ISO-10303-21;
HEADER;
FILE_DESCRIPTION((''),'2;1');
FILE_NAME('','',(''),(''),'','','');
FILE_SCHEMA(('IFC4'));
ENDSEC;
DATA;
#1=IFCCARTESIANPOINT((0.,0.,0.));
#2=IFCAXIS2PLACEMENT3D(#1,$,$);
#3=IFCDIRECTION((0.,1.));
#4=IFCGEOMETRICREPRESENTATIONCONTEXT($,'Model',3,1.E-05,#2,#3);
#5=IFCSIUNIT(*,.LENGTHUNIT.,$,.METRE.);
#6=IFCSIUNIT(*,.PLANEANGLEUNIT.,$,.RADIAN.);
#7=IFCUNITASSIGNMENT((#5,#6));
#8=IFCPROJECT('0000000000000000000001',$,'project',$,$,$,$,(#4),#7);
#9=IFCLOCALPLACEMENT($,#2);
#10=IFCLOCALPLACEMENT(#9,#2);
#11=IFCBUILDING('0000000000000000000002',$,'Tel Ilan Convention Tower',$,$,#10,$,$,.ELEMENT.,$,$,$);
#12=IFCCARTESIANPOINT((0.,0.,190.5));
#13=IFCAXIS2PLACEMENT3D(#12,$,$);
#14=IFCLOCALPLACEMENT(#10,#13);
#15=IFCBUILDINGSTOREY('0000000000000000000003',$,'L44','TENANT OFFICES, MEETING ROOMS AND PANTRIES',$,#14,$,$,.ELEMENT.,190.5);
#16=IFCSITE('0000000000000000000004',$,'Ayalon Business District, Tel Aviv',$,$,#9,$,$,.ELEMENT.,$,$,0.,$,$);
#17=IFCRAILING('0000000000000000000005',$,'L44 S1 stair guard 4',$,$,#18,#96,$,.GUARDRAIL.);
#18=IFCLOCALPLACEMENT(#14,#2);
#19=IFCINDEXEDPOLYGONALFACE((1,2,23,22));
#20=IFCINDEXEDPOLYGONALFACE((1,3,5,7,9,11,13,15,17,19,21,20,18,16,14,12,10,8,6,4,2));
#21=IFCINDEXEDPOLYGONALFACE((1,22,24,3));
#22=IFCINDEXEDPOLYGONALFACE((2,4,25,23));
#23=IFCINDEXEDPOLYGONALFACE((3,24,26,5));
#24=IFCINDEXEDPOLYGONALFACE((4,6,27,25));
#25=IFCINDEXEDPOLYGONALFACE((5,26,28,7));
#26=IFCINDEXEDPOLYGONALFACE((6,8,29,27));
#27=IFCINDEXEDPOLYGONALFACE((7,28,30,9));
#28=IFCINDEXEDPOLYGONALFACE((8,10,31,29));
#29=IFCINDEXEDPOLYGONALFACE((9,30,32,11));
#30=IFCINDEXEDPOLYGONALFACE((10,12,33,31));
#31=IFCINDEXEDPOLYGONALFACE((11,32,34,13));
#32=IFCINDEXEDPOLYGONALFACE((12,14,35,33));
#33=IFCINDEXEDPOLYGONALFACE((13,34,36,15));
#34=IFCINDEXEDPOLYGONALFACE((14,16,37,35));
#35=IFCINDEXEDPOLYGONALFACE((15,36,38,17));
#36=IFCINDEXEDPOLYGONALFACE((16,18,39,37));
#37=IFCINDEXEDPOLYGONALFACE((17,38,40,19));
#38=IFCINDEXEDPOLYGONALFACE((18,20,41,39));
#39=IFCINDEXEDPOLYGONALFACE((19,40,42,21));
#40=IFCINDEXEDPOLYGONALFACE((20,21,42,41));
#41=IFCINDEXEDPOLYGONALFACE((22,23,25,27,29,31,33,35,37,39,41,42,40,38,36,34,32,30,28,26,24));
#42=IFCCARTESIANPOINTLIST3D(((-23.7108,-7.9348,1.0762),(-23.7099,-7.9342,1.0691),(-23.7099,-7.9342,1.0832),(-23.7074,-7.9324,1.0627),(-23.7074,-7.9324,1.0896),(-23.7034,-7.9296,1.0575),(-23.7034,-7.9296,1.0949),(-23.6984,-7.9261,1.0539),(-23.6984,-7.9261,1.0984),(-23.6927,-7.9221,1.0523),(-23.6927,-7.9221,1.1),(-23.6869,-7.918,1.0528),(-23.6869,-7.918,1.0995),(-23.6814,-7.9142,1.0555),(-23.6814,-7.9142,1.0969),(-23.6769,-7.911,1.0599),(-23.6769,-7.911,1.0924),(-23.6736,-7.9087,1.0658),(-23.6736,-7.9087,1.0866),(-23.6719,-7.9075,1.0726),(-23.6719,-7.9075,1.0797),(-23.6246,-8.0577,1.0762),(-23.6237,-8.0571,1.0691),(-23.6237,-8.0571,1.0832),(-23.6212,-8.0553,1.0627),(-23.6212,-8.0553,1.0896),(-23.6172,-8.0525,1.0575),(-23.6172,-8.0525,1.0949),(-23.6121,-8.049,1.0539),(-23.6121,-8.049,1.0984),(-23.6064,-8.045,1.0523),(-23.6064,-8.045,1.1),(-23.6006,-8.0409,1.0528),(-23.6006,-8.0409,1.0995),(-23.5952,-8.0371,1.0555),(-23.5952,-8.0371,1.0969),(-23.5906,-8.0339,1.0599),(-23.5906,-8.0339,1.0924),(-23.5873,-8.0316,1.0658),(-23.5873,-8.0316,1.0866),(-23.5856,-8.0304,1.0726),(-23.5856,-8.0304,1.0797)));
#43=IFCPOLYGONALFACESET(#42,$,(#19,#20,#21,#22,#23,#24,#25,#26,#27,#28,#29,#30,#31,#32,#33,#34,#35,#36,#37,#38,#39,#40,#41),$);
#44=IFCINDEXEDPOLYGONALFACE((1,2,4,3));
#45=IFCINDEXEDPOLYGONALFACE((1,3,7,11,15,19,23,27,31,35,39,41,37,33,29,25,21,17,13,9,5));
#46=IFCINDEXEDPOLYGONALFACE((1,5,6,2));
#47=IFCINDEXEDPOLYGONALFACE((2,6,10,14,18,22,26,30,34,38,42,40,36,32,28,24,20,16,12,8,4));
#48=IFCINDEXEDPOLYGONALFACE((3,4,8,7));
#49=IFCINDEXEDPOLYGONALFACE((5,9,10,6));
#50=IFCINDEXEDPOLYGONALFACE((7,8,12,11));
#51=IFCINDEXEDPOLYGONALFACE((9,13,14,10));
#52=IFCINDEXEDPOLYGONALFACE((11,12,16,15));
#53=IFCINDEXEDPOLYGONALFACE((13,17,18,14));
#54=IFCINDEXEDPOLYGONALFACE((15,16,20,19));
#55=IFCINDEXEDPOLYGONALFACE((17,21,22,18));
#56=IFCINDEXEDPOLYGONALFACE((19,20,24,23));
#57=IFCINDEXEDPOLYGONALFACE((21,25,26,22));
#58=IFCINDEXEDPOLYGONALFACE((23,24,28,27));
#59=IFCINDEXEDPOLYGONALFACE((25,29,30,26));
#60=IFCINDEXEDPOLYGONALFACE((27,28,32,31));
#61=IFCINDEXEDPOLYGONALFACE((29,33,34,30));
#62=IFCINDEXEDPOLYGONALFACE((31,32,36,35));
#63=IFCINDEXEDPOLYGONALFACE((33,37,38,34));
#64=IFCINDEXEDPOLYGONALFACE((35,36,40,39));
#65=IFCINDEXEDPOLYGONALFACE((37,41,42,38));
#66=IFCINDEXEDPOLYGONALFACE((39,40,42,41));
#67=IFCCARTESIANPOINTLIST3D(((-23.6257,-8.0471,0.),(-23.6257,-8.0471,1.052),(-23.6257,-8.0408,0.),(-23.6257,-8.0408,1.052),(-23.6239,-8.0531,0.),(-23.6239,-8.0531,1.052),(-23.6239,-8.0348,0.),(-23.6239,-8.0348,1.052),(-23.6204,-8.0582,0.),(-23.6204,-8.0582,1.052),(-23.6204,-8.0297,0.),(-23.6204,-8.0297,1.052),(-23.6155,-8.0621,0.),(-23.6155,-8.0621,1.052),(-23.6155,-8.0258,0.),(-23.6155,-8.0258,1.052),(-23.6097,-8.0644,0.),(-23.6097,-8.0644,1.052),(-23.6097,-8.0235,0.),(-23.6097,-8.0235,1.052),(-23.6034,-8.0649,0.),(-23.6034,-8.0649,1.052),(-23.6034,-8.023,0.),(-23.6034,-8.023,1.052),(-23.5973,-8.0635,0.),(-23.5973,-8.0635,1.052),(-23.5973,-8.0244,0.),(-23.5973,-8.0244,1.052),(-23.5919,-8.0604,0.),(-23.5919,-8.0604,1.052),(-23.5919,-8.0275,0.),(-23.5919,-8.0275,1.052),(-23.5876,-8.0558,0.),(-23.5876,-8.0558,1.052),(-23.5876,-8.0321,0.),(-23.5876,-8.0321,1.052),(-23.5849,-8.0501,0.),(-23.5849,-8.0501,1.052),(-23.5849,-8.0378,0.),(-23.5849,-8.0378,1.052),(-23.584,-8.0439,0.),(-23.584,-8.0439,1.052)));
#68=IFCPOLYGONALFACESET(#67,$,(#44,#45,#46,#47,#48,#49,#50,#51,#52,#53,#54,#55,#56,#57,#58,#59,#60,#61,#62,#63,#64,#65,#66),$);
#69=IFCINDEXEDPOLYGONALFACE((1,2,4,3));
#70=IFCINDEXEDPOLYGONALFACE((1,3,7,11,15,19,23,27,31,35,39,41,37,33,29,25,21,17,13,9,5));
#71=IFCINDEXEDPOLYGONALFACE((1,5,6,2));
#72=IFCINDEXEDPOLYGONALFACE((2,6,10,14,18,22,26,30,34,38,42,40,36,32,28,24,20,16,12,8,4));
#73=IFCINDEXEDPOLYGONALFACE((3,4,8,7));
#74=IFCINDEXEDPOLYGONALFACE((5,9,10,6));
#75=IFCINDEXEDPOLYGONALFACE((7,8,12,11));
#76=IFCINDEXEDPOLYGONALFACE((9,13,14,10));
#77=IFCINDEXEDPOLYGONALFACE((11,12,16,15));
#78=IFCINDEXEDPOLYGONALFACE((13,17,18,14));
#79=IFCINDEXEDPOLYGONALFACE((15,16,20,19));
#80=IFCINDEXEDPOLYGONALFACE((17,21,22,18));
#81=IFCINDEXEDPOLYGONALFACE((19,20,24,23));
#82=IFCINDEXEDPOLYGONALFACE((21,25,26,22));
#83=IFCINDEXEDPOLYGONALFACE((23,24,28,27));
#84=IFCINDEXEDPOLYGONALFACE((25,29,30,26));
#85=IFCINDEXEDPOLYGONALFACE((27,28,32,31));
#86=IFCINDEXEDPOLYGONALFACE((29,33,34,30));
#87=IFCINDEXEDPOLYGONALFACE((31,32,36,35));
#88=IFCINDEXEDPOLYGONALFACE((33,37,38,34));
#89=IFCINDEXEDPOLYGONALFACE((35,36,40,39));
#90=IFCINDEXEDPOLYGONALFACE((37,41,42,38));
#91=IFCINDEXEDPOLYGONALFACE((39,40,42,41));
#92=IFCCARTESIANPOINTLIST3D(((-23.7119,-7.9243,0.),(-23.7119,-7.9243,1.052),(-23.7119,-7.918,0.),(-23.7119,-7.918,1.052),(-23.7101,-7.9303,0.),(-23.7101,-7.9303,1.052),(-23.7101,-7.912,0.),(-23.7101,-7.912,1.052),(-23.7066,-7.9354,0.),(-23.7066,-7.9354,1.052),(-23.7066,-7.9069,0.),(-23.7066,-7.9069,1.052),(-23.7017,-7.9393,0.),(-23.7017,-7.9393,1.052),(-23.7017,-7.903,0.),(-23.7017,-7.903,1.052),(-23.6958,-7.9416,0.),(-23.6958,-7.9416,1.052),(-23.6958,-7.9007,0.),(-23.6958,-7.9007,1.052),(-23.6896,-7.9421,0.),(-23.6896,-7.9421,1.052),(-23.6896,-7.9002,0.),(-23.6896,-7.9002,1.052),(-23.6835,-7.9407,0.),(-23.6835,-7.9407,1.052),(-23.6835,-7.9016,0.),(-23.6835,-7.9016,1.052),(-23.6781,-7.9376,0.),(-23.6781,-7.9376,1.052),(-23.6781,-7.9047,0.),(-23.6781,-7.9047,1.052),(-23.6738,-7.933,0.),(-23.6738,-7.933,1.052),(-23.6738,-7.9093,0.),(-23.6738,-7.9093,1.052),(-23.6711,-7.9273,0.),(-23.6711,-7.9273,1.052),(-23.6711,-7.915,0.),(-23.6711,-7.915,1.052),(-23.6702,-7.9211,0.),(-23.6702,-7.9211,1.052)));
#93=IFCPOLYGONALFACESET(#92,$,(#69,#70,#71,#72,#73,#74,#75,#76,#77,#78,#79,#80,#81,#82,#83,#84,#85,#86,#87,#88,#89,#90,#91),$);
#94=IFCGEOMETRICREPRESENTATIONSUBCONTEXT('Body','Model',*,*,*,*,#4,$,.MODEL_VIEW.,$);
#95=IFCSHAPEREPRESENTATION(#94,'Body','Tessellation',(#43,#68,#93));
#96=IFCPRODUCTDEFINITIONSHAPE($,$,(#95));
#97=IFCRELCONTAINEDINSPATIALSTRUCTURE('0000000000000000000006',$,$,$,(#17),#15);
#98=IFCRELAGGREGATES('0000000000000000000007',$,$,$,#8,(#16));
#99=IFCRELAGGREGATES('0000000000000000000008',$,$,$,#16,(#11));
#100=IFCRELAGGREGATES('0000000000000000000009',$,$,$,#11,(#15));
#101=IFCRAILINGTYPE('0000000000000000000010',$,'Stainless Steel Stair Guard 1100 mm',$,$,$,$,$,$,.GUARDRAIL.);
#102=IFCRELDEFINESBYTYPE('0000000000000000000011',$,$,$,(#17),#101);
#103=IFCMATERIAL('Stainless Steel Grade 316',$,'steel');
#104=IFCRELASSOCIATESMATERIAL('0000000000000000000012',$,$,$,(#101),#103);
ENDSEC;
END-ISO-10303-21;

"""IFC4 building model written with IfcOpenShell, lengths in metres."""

from ifc_helpers import new_model, si_unit, direction, frame, origin, origin_2d, place, context, subcontext, project, spatial, circle, extrude, material, type_object, element, save


model = new_model("IFC4")

# Units and contexts
model_context = context("Model", 3, precision=1e-05, world=origin(), true_north=direction((0.0, 1.0)))
body_context = subcontext(model_context, "Body", "Model", "MODEL_VIEW")
ifc_project = project(units=[si_unit("LENGTHUNIT", "METRE"), si_unit("PLANEANGLEUNIT", "RADIAN")], contexts=[model_context])

# Site, building, storey
site_placement = place(None, origin())
site = spatial("IfcSite", under=ifc_project, at=site_placement, Name="Ayalon Business District, Tel Aviv", CompositionType="ELEMENT", RefElevation=0.0)
building_placement = place(site_placement, origin())
building = spatial("IfcBuilding", under=site, at=building_placement, Name="Tel Ilan Convention Tower", CompositionType="ELEMENT")
storey_placement = place(building_placement, frame((0.0, 0.0, 190.5)))
storey = spatial("IfcBuildingStorey", under=building, at=storey_placement, Name="L44", Description="TENANT OFFICES, MEETING ROOMS AND PANTRIES", CompositionType="ELEMENT", Elevation=190.5)

# Railing
ifc_material_1 = material(Name="Stainless Steel Grade 316", Category="steel")
railing_type_1 = type_object("IfcRailingType", Name="Stainless Steel Stair Guard 1100 mm", PredefinedType="GUARDRAIL", material=ifc_material_1)
railing_1_placement = place(storey_placement, frame((-23.605, -8.0439, 0.0)))
element("IfcRailing", 1, at=railing_1_placement, inside=storey, type_object=railing_type_1, Name="L44 S1 stair guard 4", PredefinedType="GUARDRAIL", context=body_context, shape_type="SweptSolid", body=[
    extrude(circle(Radius=0.0239, at=origin_2d()), frame((0.0, 0.0, 1.0762), z_axis=(-0.574445, 0.818543, 0.0), x_axis=(-0.818543, -0.574445, 0.0)), (0.0, 0.0, 1.0), 0.1501),
    extrude(circle(Radius=0.021, at=origin_2d()), origin(), (0.0, 0.0, 1.0), 1.052),
    extrude(circle(Radius=0.021, at=origin_2d()), frame((-0.0862, 0.1228, 0.0)), (0.0, 0.0, 1.0), 1.052),
])

save(model, "model.ifc")
